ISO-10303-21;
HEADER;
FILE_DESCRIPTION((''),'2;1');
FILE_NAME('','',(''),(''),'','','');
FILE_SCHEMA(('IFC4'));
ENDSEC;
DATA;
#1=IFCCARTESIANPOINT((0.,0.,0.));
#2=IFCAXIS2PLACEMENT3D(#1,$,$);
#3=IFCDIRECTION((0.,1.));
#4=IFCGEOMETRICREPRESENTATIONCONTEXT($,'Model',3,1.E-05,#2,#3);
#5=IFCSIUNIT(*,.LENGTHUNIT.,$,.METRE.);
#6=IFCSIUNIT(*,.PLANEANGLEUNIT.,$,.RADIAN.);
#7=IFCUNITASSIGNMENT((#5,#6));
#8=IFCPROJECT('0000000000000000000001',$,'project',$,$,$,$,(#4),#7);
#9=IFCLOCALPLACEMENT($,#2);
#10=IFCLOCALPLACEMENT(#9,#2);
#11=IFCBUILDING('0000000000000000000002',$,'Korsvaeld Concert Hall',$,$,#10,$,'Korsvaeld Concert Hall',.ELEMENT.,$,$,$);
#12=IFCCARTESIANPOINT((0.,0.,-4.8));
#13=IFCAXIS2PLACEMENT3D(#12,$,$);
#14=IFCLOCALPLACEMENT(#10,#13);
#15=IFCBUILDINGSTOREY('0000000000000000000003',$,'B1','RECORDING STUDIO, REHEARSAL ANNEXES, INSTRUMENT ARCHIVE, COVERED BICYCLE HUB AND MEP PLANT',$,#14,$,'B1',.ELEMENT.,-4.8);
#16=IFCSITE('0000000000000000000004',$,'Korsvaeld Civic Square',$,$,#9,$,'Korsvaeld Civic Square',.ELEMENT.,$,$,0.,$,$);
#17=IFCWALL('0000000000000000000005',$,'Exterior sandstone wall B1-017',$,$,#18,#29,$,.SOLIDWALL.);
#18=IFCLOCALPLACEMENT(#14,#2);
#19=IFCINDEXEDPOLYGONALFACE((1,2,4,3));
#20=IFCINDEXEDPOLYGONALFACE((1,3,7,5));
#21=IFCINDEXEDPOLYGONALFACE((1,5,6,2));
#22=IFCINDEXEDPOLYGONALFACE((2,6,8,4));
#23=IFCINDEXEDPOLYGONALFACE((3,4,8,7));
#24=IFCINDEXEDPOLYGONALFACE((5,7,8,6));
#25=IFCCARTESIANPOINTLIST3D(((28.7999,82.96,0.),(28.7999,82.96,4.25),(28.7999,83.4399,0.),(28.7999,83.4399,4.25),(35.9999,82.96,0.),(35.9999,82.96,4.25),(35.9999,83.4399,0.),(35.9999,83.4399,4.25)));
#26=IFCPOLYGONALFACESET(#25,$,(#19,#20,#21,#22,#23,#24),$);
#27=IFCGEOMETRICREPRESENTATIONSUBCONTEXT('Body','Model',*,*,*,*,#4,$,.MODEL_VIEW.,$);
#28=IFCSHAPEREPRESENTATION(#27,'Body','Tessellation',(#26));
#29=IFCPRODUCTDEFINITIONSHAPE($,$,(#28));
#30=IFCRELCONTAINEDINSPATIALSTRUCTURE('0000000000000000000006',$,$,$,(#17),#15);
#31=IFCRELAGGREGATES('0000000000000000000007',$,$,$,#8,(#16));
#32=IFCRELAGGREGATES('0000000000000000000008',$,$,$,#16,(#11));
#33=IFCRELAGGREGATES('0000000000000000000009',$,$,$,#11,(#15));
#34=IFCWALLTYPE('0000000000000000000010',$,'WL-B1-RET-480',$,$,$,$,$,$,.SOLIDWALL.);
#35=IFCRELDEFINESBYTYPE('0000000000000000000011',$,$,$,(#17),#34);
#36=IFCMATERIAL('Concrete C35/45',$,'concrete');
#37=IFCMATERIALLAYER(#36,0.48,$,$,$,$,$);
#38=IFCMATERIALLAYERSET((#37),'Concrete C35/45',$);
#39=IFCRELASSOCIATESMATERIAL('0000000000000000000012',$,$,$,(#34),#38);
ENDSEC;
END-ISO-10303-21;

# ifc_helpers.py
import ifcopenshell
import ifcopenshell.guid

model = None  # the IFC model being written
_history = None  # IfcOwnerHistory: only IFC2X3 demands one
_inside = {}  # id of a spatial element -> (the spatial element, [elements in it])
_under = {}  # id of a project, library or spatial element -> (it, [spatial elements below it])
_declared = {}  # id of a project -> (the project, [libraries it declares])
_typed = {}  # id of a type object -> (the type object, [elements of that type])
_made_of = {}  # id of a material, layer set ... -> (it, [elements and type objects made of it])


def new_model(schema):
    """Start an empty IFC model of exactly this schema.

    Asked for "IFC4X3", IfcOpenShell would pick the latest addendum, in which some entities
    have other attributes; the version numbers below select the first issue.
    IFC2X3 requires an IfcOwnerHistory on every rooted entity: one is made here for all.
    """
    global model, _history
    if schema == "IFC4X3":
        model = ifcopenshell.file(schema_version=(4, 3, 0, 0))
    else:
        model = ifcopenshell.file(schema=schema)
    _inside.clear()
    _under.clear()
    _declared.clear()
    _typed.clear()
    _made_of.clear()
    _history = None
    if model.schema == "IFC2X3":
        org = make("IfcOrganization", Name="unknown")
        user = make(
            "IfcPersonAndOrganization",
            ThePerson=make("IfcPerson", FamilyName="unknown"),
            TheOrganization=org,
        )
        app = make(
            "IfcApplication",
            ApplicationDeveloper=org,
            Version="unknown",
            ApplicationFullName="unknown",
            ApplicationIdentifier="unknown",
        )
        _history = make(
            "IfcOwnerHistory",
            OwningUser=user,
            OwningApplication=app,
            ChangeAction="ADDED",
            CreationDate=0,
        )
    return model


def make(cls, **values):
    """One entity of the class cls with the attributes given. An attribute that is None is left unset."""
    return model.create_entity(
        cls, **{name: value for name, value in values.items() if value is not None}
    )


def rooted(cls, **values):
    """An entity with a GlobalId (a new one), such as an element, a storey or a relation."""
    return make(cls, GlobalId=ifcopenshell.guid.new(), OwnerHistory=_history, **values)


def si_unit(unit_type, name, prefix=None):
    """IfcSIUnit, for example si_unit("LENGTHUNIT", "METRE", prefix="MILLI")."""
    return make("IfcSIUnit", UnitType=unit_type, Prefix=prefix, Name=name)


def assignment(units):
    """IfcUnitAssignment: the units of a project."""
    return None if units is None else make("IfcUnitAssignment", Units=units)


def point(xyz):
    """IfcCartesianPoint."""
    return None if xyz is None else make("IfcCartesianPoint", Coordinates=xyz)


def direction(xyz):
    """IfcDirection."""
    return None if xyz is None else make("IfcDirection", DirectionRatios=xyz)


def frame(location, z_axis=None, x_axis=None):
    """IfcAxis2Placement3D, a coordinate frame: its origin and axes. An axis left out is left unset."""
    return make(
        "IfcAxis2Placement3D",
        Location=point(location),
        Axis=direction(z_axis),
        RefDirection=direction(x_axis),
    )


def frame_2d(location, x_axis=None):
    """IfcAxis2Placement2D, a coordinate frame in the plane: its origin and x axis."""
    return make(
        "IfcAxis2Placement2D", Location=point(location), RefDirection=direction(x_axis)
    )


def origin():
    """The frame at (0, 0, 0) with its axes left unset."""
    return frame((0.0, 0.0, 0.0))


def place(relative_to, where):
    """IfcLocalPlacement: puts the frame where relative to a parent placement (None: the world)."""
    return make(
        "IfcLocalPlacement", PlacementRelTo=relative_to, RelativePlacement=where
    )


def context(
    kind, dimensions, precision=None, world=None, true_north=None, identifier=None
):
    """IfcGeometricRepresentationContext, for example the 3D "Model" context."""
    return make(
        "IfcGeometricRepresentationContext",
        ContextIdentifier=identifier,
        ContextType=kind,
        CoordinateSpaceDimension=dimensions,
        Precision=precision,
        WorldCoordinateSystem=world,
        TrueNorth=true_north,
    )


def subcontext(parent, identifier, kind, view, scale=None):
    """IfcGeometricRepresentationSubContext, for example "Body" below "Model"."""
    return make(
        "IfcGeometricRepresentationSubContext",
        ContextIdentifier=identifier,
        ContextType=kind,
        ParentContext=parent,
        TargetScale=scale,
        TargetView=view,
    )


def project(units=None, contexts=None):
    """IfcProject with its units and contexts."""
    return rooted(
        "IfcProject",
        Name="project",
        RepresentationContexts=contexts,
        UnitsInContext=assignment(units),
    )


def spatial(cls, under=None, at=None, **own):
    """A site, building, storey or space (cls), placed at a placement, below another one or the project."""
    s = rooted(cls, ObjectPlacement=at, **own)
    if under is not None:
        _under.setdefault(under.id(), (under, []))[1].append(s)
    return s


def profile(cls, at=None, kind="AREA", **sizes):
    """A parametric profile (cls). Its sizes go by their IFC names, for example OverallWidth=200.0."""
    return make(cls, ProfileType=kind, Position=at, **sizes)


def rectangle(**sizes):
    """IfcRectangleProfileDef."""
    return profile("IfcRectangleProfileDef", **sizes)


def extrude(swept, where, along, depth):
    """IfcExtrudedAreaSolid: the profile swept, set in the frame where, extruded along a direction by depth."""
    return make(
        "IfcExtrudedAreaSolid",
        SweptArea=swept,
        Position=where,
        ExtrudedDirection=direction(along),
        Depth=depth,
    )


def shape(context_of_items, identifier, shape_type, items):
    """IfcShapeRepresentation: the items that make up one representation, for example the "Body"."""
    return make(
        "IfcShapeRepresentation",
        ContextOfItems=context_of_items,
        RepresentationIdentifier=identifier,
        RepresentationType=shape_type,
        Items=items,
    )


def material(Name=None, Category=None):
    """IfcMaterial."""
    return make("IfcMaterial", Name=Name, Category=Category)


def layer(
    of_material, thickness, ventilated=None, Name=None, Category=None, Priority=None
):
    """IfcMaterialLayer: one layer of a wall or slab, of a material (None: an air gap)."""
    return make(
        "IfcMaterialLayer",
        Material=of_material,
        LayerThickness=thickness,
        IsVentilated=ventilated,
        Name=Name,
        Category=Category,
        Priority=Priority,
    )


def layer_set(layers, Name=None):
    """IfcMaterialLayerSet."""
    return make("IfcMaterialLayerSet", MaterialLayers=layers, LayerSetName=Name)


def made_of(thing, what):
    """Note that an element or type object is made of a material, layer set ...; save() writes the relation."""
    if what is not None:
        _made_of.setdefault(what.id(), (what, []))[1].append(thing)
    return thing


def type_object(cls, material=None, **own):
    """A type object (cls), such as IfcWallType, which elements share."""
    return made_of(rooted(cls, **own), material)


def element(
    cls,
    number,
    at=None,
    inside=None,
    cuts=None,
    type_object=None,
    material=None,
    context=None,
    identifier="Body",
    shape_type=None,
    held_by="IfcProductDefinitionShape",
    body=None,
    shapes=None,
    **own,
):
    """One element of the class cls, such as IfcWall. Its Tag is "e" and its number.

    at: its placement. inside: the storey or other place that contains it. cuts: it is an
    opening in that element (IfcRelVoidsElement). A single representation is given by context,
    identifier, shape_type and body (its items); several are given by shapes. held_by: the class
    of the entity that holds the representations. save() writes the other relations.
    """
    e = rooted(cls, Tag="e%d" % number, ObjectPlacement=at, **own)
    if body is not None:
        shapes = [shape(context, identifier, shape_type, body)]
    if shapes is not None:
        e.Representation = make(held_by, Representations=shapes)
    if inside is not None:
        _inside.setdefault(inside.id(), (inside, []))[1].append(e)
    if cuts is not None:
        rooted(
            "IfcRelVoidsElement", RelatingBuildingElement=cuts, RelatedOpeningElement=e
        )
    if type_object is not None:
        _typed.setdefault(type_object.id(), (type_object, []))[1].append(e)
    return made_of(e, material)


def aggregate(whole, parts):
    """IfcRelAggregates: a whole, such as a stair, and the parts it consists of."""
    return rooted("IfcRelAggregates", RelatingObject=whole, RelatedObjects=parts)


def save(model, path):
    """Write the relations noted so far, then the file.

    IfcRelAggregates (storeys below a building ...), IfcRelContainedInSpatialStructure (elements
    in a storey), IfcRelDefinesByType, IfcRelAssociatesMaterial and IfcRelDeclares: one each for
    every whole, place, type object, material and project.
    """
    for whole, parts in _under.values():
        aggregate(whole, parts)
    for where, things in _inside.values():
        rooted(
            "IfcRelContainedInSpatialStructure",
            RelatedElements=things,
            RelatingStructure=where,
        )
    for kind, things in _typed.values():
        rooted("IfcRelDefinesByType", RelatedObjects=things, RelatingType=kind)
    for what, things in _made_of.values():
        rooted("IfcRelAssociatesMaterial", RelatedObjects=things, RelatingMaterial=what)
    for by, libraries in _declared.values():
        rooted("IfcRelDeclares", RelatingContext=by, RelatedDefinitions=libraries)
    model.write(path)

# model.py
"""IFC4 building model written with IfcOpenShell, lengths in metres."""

from ifc_helpers import new_model, si_unit, direction, frame, frame_2d, origin, place, context, subcontext, project, spatial, rectangle, extrude, material, layer, layer_set, type_object, element, save


model = new_model("IFC4")

# Units and contexts
model_context = context("Model", 3, precision=1e-05, world=origin(), true_north=direction((0.0, 1.0)))
body_context = subcontext(model_context, "Body", "Model", "MODEL_VIEW")
ifc_project = project(units=[si_unit("LENGTHUNIT", "METRE"), si_unit("PLANEANGLEUNIT", "RADIAN")], contexts=[model_context])

# Site, building, storey
site_placement = place(None, origin())
site = spatial("IfcSite", under=ifc_project, at=site_placement, Name="Korsvaeld Civic Square", LongName="Korsvaeld Civic Square", CompositionType="ELEMENT", RefElevation=0.0)
building_placement = place(site_placement, origin())
building = spatial("IfcBuilding", under=site, at=building_placement, Name="Korsvaeld Concert Hall", LongName="Korsvaeld Concert Hall", CompositionType="ELEMENT")
storey_placement = place(building_placement, frame((0.0, 0.0, -4.8)))
storey = spatial("IfcBuildingStorey", under=building, at=storey_placement, Name="B1", Description="RECORDING STUDIO, REHEARSAL ANNEXES, INSTRUMENT ARCHIVE, COVERED BICYCLE HUB AND MEP PLANT", LongName="B1", CompositionType="ELEMENT", Elevation=-4.8)

# Shared definitions
ifc_material_1 = material(Name="Concrete C35/45", Category="concrete")

# Wall
ifc_layer = layer(ifc_material_1, 0.48)
ifc_layer_set = layer_set([ifc_layer], Name="Concrete C35/45")
wall_type = type_object("IfcWallType", Name="WL-B1-RET-480", PredefinedType="SOLIDWALL", material=ifc_layer_set)
wall_placement = place(storey_placement, frame((36.0, 83.2, 0.0), z_axis=(0.0, 0.0, 1.0), x_axis=(-1.0, 0.0, 0.0)))
element("IfcWall", 1, at=wall_placement, inside=storey, type_object=wall_type, Name="Exterior sandstone wall B1-017", PredefinedType="SOLIDWALL", context=body_context, shape_type="SweptSolid", body=[
    extrude(rectangle(XDim=7.2, YDim=0.48, at=frame_2d((3.6001, 0.0))), origin(), (0.0, 0.0, 1.0), 4.25),
])

save(model, "model.ifc")
